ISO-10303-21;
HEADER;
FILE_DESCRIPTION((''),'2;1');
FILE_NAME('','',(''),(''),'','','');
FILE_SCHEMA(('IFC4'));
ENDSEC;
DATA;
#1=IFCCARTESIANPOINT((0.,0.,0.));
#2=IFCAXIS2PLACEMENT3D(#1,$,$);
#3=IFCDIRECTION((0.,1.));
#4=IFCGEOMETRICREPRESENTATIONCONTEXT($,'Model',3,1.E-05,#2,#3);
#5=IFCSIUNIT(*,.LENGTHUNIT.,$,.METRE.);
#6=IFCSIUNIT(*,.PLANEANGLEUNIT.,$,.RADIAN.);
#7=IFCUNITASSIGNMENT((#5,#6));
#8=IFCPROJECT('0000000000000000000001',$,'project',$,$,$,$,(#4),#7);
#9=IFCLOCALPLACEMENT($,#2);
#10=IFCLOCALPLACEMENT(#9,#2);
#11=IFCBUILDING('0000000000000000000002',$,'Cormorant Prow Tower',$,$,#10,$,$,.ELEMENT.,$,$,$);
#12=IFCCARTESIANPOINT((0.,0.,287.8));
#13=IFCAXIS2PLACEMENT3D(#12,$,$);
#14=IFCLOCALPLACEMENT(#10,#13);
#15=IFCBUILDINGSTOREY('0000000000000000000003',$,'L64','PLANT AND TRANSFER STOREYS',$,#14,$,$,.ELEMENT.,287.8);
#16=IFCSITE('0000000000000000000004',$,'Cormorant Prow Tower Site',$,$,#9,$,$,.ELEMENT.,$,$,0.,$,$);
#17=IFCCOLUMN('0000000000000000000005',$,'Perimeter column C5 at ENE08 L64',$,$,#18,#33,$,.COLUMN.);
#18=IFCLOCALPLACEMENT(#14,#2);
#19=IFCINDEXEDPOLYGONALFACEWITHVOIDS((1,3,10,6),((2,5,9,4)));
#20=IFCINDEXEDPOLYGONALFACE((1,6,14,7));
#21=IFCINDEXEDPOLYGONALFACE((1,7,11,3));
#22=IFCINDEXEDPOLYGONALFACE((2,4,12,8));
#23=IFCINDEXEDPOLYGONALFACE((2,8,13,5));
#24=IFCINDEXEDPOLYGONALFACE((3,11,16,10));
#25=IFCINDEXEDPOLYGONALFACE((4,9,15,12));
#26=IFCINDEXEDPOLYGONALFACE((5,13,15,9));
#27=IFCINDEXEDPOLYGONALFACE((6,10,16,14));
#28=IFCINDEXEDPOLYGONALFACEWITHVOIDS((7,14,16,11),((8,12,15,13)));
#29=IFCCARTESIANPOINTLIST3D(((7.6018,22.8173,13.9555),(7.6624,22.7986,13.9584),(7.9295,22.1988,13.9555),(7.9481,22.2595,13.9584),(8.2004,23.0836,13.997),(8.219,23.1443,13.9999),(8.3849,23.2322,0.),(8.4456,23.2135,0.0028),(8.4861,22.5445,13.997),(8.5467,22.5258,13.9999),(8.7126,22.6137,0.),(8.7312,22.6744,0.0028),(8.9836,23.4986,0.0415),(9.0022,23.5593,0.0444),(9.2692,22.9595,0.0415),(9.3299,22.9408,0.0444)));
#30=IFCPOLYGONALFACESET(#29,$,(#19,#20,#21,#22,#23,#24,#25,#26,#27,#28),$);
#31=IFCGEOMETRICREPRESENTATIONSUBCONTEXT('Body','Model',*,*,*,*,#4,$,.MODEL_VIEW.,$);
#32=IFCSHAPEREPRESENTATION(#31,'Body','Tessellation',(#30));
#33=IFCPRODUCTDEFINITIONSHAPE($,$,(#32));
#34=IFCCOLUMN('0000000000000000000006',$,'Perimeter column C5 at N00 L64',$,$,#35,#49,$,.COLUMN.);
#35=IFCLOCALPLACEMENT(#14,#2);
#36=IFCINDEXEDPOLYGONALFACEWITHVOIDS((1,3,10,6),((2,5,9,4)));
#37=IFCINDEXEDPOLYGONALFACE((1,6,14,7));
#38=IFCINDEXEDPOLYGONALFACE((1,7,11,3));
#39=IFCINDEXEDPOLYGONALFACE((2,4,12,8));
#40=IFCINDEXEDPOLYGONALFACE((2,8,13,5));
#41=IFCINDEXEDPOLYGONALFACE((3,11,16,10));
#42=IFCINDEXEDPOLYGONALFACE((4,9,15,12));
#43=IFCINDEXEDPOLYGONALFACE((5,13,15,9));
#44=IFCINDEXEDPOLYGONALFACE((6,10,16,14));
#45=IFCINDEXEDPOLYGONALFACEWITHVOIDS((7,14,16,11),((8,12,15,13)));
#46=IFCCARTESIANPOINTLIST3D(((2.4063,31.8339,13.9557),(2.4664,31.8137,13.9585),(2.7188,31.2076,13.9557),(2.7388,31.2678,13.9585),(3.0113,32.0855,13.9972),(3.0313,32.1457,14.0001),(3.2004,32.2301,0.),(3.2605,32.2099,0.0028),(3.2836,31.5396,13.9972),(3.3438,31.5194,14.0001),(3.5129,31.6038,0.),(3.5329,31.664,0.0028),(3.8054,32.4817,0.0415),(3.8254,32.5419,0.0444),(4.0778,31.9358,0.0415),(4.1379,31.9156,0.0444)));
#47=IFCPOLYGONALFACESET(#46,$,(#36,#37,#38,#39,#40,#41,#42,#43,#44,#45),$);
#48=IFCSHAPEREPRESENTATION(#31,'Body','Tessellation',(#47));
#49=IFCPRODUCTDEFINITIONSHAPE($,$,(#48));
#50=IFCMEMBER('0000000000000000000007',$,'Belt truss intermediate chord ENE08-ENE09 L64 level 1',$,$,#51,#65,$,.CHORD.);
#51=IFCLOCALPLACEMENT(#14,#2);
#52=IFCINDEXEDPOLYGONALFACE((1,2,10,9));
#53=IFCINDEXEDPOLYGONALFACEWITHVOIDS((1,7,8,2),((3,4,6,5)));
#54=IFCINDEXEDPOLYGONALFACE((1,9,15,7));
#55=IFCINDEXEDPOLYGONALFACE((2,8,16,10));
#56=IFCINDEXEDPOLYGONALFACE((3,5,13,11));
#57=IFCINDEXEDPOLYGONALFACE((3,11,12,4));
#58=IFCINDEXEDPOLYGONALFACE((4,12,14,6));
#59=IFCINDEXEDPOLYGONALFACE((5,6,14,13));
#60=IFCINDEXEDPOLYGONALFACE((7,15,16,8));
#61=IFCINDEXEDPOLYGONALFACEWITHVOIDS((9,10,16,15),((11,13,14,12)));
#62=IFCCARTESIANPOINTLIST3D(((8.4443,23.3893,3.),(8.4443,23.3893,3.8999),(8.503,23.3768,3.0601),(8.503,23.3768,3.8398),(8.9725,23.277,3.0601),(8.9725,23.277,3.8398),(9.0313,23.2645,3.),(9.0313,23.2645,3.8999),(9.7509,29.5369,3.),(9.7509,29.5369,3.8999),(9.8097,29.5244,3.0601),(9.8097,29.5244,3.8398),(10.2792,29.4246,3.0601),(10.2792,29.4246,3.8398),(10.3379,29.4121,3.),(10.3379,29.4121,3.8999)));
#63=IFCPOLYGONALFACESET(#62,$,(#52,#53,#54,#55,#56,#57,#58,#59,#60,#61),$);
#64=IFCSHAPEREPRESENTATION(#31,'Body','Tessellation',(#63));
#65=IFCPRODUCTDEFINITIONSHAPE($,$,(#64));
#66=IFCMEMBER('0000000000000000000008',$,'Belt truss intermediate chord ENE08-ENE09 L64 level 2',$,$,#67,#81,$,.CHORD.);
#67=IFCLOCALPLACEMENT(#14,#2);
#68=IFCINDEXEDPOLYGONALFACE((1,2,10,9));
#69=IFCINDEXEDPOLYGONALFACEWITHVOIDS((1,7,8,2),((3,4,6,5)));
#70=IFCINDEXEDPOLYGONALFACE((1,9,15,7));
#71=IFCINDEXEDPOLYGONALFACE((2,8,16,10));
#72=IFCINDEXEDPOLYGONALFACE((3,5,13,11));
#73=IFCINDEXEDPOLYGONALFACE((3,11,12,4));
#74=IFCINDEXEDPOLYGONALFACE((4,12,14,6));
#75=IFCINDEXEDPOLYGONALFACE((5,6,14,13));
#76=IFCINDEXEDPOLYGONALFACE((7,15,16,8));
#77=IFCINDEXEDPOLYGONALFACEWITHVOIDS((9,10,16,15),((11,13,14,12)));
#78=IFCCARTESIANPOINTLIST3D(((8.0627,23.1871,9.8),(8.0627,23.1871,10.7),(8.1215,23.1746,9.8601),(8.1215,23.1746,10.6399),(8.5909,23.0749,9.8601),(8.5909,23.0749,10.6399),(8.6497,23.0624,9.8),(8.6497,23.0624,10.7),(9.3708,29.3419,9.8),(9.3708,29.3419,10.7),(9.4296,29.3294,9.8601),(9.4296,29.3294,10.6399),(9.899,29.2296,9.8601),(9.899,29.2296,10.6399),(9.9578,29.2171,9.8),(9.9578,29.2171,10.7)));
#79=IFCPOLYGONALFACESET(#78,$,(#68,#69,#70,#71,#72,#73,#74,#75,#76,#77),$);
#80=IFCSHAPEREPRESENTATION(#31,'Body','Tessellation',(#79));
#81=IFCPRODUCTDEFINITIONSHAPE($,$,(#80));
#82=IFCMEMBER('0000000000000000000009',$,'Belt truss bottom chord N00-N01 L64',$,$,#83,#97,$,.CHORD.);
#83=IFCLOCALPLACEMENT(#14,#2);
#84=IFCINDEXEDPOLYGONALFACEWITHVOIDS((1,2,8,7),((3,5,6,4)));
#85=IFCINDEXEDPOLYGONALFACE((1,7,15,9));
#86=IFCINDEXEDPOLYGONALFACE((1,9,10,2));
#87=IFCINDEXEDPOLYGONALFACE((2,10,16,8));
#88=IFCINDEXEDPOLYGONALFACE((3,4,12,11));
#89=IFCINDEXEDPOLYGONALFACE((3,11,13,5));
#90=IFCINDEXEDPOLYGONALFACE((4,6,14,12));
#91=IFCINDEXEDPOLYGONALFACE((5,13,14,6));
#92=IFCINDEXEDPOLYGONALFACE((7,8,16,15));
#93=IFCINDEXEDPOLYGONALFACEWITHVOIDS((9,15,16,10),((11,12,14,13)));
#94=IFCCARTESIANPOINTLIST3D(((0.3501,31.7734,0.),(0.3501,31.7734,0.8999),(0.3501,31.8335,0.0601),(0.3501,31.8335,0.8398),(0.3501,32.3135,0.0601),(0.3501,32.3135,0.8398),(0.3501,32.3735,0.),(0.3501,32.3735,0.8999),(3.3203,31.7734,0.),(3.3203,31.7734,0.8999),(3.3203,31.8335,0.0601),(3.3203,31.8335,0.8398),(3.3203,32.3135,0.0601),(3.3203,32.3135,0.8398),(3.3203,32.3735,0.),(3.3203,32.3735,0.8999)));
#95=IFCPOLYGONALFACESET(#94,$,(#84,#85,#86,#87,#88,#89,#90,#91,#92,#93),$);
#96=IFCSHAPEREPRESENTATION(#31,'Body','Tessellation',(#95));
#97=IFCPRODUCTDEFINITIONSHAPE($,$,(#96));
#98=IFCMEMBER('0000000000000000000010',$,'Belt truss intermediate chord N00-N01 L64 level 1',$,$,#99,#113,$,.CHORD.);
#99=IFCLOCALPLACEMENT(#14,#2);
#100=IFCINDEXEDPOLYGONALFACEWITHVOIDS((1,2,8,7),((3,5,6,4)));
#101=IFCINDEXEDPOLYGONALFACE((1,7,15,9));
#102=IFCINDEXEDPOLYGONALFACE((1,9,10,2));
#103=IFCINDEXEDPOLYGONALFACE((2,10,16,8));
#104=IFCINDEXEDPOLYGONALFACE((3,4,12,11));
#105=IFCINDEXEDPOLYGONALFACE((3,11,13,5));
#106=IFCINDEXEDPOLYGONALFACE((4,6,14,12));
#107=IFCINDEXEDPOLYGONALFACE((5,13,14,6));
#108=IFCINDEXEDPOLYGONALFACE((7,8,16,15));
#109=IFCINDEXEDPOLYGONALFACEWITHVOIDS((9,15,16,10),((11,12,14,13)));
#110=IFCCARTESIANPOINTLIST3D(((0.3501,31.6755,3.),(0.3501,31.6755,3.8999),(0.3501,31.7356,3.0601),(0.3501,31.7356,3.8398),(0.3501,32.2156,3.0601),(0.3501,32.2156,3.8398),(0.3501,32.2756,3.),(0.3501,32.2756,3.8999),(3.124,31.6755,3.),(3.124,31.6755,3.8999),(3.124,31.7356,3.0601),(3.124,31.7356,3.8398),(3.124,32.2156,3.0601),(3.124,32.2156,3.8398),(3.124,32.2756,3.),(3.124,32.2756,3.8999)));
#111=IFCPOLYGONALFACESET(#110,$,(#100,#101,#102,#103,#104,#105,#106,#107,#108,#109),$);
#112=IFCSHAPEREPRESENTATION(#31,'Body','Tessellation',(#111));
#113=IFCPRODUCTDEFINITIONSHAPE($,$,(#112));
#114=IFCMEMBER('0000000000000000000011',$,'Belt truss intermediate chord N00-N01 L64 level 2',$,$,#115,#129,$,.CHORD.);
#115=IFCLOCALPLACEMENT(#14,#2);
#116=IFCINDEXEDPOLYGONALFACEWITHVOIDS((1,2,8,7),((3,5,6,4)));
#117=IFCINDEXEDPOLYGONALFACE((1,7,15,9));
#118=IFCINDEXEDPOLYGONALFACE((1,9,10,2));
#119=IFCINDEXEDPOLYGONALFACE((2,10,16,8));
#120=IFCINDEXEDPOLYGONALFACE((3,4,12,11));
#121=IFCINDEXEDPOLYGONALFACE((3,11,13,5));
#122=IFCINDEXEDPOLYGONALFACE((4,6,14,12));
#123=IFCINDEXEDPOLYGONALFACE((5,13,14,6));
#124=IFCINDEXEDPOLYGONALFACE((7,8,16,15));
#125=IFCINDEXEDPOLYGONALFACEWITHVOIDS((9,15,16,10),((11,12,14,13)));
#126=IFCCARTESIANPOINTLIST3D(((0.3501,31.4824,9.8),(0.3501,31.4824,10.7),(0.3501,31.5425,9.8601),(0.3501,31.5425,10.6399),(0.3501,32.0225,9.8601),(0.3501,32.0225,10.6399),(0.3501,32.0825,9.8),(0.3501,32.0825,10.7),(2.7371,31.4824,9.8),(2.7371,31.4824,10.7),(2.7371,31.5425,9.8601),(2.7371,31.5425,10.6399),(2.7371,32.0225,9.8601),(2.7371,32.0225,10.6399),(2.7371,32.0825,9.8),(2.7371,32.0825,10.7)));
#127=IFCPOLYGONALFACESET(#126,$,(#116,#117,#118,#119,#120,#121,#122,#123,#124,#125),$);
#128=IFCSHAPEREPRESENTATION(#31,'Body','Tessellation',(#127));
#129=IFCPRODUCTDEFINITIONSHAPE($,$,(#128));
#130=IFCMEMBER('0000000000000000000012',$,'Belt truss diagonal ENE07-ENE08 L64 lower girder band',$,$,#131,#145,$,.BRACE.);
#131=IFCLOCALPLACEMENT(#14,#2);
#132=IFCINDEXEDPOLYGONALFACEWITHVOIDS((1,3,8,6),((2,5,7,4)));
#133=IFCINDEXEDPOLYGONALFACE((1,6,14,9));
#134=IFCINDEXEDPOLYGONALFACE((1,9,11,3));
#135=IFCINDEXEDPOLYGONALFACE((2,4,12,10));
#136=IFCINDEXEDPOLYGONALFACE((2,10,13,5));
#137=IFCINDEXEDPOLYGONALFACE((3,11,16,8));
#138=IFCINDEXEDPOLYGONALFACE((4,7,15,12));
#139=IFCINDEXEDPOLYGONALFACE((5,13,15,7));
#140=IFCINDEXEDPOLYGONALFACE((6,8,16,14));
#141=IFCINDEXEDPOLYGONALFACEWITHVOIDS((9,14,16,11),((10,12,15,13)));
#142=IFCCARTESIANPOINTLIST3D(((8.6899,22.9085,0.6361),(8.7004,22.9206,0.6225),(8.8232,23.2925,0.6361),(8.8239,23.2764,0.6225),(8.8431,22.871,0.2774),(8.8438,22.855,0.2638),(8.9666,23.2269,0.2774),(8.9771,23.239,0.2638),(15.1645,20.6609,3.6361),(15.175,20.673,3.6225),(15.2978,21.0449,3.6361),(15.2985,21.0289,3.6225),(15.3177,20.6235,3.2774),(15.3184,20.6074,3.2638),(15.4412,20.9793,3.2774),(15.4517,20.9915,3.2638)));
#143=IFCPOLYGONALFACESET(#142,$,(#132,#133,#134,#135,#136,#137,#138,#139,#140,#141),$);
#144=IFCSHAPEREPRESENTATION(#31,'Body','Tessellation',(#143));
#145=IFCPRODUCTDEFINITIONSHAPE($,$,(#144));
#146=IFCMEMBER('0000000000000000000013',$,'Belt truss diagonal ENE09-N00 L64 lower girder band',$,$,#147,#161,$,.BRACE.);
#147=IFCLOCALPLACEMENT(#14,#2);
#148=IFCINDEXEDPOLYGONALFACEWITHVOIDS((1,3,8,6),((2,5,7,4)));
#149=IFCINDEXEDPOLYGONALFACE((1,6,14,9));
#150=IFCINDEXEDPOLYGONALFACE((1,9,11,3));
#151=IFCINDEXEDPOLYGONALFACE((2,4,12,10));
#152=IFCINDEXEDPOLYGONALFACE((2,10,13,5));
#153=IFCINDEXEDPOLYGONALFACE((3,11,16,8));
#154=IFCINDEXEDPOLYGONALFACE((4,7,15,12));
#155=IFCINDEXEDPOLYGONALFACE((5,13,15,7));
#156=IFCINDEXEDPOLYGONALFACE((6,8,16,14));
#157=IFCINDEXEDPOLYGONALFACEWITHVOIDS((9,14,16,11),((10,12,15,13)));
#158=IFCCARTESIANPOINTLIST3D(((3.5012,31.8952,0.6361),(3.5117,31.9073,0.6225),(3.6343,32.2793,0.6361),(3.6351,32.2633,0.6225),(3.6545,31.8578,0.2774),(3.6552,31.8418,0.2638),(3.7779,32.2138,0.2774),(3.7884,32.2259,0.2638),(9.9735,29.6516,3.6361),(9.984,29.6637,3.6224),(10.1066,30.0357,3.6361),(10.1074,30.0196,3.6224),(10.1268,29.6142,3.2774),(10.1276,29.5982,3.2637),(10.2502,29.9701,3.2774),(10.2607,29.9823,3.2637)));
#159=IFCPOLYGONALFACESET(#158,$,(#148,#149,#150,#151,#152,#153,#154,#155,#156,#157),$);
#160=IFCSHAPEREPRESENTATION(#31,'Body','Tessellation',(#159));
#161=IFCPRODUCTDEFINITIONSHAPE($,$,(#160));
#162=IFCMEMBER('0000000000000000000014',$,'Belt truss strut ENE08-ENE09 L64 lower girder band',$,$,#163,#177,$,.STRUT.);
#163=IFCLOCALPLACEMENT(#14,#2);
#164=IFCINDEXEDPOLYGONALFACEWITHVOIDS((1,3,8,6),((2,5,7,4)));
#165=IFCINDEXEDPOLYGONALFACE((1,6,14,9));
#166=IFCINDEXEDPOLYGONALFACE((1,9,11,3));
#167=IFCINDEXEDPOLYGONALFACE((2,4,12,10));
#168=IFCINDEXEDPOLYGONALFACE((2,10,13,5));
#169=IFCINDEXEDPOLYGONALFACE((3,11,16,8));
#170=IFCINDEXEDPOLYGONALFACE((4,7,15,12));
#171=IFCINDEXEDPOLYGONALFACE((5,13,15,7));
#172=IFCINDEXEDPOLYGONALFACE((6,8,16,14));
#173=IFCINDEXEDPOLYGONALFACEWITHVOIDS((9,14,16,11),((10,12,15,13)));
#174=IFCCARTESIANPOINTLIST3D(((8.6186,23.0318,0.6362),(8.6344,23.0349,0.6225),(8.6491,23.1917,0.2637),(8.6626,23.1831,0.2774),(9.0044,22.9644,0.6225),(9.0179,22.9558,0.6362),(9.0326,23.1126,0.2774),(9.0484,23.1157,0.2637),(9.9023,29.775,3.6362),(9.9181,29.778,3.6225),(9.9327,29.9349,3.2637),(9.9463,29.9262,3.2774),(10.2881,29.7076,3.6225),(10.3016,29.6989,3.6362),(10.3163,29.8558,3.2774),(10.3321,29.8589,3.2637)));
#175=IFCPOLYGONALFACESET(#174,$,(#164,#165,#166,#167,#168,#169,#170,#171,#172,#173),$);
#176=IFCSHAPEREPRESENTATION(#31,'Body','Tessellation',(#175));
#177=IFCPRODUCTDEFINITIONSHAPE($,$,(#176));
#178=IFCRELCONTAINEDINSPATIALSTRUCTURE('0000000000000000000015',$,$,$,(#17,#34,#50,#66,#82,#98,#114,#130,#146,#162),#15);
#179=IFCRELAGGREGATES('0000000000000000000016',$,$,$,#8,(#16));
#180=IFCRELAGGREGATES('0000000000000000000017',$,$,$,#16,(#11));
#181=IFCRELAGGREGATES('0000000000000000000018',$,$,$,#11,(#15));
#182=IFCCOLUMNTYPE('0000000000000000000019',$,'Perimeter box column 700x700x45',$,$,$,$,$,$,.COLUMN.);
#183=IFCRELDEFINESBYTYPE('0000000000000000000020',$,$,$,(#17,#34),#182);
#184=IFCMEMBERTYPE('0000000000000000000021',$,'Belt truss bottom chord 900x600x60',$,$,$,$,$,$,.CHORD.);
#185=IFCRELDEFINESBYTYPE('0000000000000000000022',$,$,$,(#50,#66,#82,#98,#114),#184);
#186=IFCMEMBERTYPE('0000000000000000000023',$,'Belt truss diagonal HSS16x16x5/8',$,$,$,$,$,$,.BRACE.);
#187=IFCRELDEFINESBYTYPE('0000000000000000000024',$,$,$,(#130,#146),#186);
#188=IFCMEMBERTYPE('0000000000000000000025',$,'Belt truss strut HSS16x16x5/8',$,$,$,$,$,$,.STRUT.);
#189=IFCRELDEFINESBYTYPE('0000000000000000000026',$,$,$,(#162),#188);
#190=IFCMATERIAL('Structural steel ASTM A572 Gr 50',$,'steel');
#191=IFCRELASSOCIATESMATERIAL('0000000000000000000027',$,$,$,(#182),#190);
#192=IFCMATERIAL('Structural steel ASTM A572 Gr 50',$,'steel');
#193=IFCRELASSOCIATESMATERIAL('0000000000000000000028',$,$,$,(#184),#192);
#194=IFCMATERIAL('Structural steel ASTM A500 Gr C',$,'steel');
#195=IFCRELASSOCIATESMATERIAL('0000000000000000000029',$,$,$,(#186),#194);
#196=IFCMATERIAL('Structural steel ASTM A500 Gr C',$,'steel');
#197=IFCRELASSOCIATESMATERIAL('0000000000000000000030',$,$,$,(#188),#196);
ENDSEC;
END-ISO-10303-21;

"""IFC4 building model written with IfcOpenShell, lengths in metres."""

from ifc_helpers import new_model, si_unit, direction, frame, origin, origin_2d, place, context, subcontext, project, spatial, hollow_rectangle, extrude, material, material_profile, profile_set, type_object, element, save


model = new_model("IFC4")

# Units and contexts
model_context = context("Model", 3, precision=1e-05, world=origin(), true_north=direction((0.0, 1.0)))
body_context = subcontext(model_context, "Body", "Model", "MODEL_VIEW")
ifc_project = project(units=[si_unit("LENGTHUNIT", "METRE"), si_unit("PLANEANGLEUNIT", "RADIAN")], contexts=[model_context])

# Site, building, storey
site_placement = place(None, origin())
site = spatial("IfcSite", under=ifc_project, at=site_placement, Name="Cormorant Prow Tower Site", CompositionType="ELEMENT", RefElevation=0.0)
building_placement = place(site_placement, origin())
building = spatial("IfcBuilding", under=site, at=building_placement, Name="Cormorant Prow Tower", CompositionType="ELEMENT")
storey_placement = place(building_placement, frame((0.0, 0.0, 287.8)))
storey = spatial("IfcBuildingStorey", under=building, at=storey_placement, Name="L64", Description="PLANT AND TRANSFER STOREYS", CompositionType="ELEMENT", Elevation=287.8)

# Columns
ifc_material_1 = material(Name="Structural steel ASTM A572 Gr 50", Category="steel")
ifc_material_profile_1 = material_profile(ifc_material_1, hollow_rectangle(XDim=0.7, YDim=0.7, WallThickness=0.0449, at=origin_2d()), Name="Box 700x700x45")
ifc_profile_set_1 = profile_set([ifc_material_profile_1], Name="Structural steel ASTM A572 Gr 50")
column_type = type_object("IfcColumnType", Name="Perimeter box column 700x700x45", PredefinedType="COLUMN", material=ifc_profile_set_1)
column_1_placement = place(storey_placement, frame((8.8586, 23.0872, 0.0), z_axis=(-0.056005, -0.029673, 0.997989), x_axis=(0.468178, -0.883634, 0.0)))
element("IfcColumn", 1, at=column_1_placement, inside=storey, type_object=column_type, Name="Perimeter column C5 at ENE08 L64", PredefinedType="COLUMN", context=body_context, shape_type="SweptSolid", body=[
    extrude(hollow_rectangle(XDim=0.7, YDim=0.7, WallThickness=0.0449, at=origin_2d()), frame((0.0, 0.0, 0.0222)), (0.0, 0.0, 1.0), 13.9836),
])
column_2_placement = place(storey_placement, frame((3.6704, 32.0735, 0.0), z_axis=(-0.056787, -0.028333, 0.997984), x_axis=(0.446446, -0.894811, 0.0)))
element("IfcColumn", 2, at=column_2_placement, inside=storey, type_object=column_type, Name="Perimeter column C5 at N00 L64", PredefinedType="COLUMN", context=body_context, shape_type="SweptSolid", body=[
    extrude(hollow_rectangle(XDim=0.7, YDim=0.7, WallThickness=0.0449, at=origin_2d()), frame((0.0, 0.0, 0.0222)), (0.0, 0.0, 1.0), 13.9839),
])

# Members
ifc_material_2 = material(Name="Structural steel ASTM A572 Gr 50", Category="steel")
ifc_material_profile_2 = material_profile(ifc_material_2, hollow_rectangle(XDim=0.6001, YDim=0.8999, WallThickness=0.0601, at=origin_2d()), Name="Box 900x600x60")
ifc_profile_set_2 = profile_set([ifc_material_profile_2], Name="Structural steel ASTM A572 Gr 50")
member_type_1 = type_object("IfcMemberType", Name="Belt truss bottom chord 900x600x60", PredefinedType="CHORD", material=ifc_profile_set_2)
member_1_placement = place(storey_placement, frame((8.7378, 23.3269, 3.45), z_axis=(0.207897, 0.978151, 0.0), x_axis=(-0.978151, 0.207897, 0.0)))
element("IfcMember", 3, at=member_1_placement, inside=storey, type_object=member_type_1, Name="Belt truss intermediate chord ENE08-ENE09 L64 level 1", PredefinedType="CHORD", context=body_context, shape_type="SweptSolid", body=[
    extrude(hollow_rectangle(XDim=0.6001, YDim=0.8999, WallThickness=0.0601, at=origin_2d()), origin(), (0.0, 0.0, 1.0), 6.2849),
])
member_2_placement = place(storey_placement, frame((8.3562, 23.1248, 10.25), z_axis=(0.207891, 0.978152, 0.0), x_axis=(-0.978152, 0.207891, 0.0)))
element("IfcMember", 4, at=member_2_placement, inside=storey, type_object=member_type_1, Name="Belt truss intermediate chord ENE08-ENE09 L64 level 2", PredefinedType="CHORD", context=body_context, shape_type="SweptSolid", body=[
    extrude(hollow_rectangle(XDim=0.6001, YDim=0.8999, WallThickness=0.0601, at=origin_2d()), origin(), (0.0, 0.0, 1.0), 6.2922),
])
member_3_placement = place(storey_placement, frame((3.3203, 32.0735, 0.45), z_axis=(-1.0, 0.0, 0.0), x_axis=(0.0, -1.0, 0.0)))
element("IfcMember", 5, at=member_3_placement, inside=storey, type_object=member_type_1, Name="Belt truss bottom chord N00-N01 L64", PredefinedType="CHORD", context=body_context, shape_type="SweptSolid", body=[
    extrude(hollow_rectangle(XDim=0.6001, YDim=0.8999, WallThickness=0.0601, at=origin_2d()), origin(), (0.0, 0.0, 1.0), 2.9702),
])
member_4_placement = place(storey_placement, frame((3.124, 31.9756, 3.45), z_axis=(-1.0, 0.0, 0.0), x_axis=(0.0, -1.0, 0.0)))
element("IfcMember", 6, at=member_4_placement, inside=storey, type_object=member_type_1, Name="Belt truss intermediate chord N00-N01 L64 level 1", PredefinedType="CHORD", context=body_context, shape_type="SweptSolid", body=[
    extrude(hollow_rectangle(XDim=0.6001, YDim=0.8999, WallThickness=0.0601, at=origin_2d()), origin(), (0.0, 0.0, 1.0), 2.7739),
])
member_5_placement = place(storey_placement, frame((2.7371, 31.7825, 10.25), z_axis=(-1.0, 0.0, 0.0), x_axis=(0.0, -1.0, 0.0)))
element("IfcMember", 7, at=member_5_placement, inside=storey, type_object=member_type_1, Name="Belt truss intermediate chord N00-N01 L64 level 2", PredefinedType="CHORD", context=body_context, shape_type="SweptSolid", body=[
    extrude(hollow_rectangle(XDim=0.6001, YDim=0.8999, WallThickness=0.0601, at=origin_2d()), origin(), (0.0, 0.0, 1.0), 2.387),
])
ifc_material_3 = material(Name="Structural steel ASTM A500 Gr C", Category="steel")
ifc_material_profile_3 = material_profile(ifc_material_3, hollow_rectangle(XDim=0.4065, YDim=0.4065, WallThickness=0.0149, at=origin_2d()), Name="HSS16x16x5/8")
ifc_profile_set_3 = profile_set([ifc_material_profile_3], Name="Structural steel ASTM A500 Gr C")
member_type_2 = type_object("IfcMemberType", Name="Belt truss diagonal HSS16x16x5/8", PredefinedType="BRACE", material=ifc_profile_set_3)
member_6_placement = place(storey_placement, frame((8.8335, 23.0737, 0.45), z_axis=(0.865422, -0.300418, 0.400992), x_axis=(0.327938, 0.944699, 0.0)))
element("IfcMember", 8, at=member_6_placement, inside=storey, type_object=member_type_2, Name="Belt truss diagonal ENE07-ENE08 L64 lower girder band", PredefinedType="BRACE", context=body_context, shape_type="SweptSolid", body=[
    extrude(hollow_rectangle(XDim=0.4065, YDim=0.4065, WallThickness=0.0149, at=origin_2d()), origin(), (0.0, 0.0, 1.0), 7.4814),
])
member_7_placement = place(storey_placement, frame((3.6448, 32.0605, 0.45), z_axis=(0.865484, -0.300019, 0.401157), x_axis=(0.327528, 0.944841, 0.0)))
element("IfcMember", 9, at=member_7_placement, inside=storey, type_object=member_type_2, Name="Belt truss diagonal ENE09-N00 L64 lower girder band", PredefinedType="BRACE", context=body_context, shape_type="SweptSolid", body=[
    extrude(hollow_rectangle(XDim=0.4065, YDim=0.4065, WallThickness=0.0149, at=origin_2d()), origin(), (0.0, 0.0, 1.0), 7.4783),
])
ifc_material_4 = material(Name="Structural steel ASTM A500 Gr C", Category="steel")
ifc_material_profile_4 = material_profile(ifc_material_4, hollow_rectangle(XDim=0.4065, YDim=0.4065, WallThickness=0.0149, at=origin_2d()), Name="HSS16x16x5/8")
ifc_profile_set_4 = profile_set([ifc_material_profile_4], Name="Structural steel ASTM A500 Gr C")
member_type_3 = type_object("IfcMemberType", Name="Belt truss strut HSS16x16x5/8", PredefinedType="STRUT", material=ifc_profile_set_4)
member_8_placement = place(storey_placement, frame((8.8335, 23.0737, 0.45), z_axis=(0.17136, 0.900144, 0.40047), x_axis=(-0.982358, 0.187011, 0.0)))
element("IfcMember", 10, at=member_8_placement, inside=storey, type_object=member_type_3, Name="Belt truss strut ENE08-ENE09 L64 lower girder band", PredefinedType="STRUT", context=body_context, shape_type="SweptSolid", body=[
    extrude(hollow_rectangle(XDim=0.4065, YDim=0.4065, WallThickness=0.0149, at=origin_2d()), origin(), (0.0, 0.0, 1.0), 7.4912),
])

save(model, "model.ifc")
